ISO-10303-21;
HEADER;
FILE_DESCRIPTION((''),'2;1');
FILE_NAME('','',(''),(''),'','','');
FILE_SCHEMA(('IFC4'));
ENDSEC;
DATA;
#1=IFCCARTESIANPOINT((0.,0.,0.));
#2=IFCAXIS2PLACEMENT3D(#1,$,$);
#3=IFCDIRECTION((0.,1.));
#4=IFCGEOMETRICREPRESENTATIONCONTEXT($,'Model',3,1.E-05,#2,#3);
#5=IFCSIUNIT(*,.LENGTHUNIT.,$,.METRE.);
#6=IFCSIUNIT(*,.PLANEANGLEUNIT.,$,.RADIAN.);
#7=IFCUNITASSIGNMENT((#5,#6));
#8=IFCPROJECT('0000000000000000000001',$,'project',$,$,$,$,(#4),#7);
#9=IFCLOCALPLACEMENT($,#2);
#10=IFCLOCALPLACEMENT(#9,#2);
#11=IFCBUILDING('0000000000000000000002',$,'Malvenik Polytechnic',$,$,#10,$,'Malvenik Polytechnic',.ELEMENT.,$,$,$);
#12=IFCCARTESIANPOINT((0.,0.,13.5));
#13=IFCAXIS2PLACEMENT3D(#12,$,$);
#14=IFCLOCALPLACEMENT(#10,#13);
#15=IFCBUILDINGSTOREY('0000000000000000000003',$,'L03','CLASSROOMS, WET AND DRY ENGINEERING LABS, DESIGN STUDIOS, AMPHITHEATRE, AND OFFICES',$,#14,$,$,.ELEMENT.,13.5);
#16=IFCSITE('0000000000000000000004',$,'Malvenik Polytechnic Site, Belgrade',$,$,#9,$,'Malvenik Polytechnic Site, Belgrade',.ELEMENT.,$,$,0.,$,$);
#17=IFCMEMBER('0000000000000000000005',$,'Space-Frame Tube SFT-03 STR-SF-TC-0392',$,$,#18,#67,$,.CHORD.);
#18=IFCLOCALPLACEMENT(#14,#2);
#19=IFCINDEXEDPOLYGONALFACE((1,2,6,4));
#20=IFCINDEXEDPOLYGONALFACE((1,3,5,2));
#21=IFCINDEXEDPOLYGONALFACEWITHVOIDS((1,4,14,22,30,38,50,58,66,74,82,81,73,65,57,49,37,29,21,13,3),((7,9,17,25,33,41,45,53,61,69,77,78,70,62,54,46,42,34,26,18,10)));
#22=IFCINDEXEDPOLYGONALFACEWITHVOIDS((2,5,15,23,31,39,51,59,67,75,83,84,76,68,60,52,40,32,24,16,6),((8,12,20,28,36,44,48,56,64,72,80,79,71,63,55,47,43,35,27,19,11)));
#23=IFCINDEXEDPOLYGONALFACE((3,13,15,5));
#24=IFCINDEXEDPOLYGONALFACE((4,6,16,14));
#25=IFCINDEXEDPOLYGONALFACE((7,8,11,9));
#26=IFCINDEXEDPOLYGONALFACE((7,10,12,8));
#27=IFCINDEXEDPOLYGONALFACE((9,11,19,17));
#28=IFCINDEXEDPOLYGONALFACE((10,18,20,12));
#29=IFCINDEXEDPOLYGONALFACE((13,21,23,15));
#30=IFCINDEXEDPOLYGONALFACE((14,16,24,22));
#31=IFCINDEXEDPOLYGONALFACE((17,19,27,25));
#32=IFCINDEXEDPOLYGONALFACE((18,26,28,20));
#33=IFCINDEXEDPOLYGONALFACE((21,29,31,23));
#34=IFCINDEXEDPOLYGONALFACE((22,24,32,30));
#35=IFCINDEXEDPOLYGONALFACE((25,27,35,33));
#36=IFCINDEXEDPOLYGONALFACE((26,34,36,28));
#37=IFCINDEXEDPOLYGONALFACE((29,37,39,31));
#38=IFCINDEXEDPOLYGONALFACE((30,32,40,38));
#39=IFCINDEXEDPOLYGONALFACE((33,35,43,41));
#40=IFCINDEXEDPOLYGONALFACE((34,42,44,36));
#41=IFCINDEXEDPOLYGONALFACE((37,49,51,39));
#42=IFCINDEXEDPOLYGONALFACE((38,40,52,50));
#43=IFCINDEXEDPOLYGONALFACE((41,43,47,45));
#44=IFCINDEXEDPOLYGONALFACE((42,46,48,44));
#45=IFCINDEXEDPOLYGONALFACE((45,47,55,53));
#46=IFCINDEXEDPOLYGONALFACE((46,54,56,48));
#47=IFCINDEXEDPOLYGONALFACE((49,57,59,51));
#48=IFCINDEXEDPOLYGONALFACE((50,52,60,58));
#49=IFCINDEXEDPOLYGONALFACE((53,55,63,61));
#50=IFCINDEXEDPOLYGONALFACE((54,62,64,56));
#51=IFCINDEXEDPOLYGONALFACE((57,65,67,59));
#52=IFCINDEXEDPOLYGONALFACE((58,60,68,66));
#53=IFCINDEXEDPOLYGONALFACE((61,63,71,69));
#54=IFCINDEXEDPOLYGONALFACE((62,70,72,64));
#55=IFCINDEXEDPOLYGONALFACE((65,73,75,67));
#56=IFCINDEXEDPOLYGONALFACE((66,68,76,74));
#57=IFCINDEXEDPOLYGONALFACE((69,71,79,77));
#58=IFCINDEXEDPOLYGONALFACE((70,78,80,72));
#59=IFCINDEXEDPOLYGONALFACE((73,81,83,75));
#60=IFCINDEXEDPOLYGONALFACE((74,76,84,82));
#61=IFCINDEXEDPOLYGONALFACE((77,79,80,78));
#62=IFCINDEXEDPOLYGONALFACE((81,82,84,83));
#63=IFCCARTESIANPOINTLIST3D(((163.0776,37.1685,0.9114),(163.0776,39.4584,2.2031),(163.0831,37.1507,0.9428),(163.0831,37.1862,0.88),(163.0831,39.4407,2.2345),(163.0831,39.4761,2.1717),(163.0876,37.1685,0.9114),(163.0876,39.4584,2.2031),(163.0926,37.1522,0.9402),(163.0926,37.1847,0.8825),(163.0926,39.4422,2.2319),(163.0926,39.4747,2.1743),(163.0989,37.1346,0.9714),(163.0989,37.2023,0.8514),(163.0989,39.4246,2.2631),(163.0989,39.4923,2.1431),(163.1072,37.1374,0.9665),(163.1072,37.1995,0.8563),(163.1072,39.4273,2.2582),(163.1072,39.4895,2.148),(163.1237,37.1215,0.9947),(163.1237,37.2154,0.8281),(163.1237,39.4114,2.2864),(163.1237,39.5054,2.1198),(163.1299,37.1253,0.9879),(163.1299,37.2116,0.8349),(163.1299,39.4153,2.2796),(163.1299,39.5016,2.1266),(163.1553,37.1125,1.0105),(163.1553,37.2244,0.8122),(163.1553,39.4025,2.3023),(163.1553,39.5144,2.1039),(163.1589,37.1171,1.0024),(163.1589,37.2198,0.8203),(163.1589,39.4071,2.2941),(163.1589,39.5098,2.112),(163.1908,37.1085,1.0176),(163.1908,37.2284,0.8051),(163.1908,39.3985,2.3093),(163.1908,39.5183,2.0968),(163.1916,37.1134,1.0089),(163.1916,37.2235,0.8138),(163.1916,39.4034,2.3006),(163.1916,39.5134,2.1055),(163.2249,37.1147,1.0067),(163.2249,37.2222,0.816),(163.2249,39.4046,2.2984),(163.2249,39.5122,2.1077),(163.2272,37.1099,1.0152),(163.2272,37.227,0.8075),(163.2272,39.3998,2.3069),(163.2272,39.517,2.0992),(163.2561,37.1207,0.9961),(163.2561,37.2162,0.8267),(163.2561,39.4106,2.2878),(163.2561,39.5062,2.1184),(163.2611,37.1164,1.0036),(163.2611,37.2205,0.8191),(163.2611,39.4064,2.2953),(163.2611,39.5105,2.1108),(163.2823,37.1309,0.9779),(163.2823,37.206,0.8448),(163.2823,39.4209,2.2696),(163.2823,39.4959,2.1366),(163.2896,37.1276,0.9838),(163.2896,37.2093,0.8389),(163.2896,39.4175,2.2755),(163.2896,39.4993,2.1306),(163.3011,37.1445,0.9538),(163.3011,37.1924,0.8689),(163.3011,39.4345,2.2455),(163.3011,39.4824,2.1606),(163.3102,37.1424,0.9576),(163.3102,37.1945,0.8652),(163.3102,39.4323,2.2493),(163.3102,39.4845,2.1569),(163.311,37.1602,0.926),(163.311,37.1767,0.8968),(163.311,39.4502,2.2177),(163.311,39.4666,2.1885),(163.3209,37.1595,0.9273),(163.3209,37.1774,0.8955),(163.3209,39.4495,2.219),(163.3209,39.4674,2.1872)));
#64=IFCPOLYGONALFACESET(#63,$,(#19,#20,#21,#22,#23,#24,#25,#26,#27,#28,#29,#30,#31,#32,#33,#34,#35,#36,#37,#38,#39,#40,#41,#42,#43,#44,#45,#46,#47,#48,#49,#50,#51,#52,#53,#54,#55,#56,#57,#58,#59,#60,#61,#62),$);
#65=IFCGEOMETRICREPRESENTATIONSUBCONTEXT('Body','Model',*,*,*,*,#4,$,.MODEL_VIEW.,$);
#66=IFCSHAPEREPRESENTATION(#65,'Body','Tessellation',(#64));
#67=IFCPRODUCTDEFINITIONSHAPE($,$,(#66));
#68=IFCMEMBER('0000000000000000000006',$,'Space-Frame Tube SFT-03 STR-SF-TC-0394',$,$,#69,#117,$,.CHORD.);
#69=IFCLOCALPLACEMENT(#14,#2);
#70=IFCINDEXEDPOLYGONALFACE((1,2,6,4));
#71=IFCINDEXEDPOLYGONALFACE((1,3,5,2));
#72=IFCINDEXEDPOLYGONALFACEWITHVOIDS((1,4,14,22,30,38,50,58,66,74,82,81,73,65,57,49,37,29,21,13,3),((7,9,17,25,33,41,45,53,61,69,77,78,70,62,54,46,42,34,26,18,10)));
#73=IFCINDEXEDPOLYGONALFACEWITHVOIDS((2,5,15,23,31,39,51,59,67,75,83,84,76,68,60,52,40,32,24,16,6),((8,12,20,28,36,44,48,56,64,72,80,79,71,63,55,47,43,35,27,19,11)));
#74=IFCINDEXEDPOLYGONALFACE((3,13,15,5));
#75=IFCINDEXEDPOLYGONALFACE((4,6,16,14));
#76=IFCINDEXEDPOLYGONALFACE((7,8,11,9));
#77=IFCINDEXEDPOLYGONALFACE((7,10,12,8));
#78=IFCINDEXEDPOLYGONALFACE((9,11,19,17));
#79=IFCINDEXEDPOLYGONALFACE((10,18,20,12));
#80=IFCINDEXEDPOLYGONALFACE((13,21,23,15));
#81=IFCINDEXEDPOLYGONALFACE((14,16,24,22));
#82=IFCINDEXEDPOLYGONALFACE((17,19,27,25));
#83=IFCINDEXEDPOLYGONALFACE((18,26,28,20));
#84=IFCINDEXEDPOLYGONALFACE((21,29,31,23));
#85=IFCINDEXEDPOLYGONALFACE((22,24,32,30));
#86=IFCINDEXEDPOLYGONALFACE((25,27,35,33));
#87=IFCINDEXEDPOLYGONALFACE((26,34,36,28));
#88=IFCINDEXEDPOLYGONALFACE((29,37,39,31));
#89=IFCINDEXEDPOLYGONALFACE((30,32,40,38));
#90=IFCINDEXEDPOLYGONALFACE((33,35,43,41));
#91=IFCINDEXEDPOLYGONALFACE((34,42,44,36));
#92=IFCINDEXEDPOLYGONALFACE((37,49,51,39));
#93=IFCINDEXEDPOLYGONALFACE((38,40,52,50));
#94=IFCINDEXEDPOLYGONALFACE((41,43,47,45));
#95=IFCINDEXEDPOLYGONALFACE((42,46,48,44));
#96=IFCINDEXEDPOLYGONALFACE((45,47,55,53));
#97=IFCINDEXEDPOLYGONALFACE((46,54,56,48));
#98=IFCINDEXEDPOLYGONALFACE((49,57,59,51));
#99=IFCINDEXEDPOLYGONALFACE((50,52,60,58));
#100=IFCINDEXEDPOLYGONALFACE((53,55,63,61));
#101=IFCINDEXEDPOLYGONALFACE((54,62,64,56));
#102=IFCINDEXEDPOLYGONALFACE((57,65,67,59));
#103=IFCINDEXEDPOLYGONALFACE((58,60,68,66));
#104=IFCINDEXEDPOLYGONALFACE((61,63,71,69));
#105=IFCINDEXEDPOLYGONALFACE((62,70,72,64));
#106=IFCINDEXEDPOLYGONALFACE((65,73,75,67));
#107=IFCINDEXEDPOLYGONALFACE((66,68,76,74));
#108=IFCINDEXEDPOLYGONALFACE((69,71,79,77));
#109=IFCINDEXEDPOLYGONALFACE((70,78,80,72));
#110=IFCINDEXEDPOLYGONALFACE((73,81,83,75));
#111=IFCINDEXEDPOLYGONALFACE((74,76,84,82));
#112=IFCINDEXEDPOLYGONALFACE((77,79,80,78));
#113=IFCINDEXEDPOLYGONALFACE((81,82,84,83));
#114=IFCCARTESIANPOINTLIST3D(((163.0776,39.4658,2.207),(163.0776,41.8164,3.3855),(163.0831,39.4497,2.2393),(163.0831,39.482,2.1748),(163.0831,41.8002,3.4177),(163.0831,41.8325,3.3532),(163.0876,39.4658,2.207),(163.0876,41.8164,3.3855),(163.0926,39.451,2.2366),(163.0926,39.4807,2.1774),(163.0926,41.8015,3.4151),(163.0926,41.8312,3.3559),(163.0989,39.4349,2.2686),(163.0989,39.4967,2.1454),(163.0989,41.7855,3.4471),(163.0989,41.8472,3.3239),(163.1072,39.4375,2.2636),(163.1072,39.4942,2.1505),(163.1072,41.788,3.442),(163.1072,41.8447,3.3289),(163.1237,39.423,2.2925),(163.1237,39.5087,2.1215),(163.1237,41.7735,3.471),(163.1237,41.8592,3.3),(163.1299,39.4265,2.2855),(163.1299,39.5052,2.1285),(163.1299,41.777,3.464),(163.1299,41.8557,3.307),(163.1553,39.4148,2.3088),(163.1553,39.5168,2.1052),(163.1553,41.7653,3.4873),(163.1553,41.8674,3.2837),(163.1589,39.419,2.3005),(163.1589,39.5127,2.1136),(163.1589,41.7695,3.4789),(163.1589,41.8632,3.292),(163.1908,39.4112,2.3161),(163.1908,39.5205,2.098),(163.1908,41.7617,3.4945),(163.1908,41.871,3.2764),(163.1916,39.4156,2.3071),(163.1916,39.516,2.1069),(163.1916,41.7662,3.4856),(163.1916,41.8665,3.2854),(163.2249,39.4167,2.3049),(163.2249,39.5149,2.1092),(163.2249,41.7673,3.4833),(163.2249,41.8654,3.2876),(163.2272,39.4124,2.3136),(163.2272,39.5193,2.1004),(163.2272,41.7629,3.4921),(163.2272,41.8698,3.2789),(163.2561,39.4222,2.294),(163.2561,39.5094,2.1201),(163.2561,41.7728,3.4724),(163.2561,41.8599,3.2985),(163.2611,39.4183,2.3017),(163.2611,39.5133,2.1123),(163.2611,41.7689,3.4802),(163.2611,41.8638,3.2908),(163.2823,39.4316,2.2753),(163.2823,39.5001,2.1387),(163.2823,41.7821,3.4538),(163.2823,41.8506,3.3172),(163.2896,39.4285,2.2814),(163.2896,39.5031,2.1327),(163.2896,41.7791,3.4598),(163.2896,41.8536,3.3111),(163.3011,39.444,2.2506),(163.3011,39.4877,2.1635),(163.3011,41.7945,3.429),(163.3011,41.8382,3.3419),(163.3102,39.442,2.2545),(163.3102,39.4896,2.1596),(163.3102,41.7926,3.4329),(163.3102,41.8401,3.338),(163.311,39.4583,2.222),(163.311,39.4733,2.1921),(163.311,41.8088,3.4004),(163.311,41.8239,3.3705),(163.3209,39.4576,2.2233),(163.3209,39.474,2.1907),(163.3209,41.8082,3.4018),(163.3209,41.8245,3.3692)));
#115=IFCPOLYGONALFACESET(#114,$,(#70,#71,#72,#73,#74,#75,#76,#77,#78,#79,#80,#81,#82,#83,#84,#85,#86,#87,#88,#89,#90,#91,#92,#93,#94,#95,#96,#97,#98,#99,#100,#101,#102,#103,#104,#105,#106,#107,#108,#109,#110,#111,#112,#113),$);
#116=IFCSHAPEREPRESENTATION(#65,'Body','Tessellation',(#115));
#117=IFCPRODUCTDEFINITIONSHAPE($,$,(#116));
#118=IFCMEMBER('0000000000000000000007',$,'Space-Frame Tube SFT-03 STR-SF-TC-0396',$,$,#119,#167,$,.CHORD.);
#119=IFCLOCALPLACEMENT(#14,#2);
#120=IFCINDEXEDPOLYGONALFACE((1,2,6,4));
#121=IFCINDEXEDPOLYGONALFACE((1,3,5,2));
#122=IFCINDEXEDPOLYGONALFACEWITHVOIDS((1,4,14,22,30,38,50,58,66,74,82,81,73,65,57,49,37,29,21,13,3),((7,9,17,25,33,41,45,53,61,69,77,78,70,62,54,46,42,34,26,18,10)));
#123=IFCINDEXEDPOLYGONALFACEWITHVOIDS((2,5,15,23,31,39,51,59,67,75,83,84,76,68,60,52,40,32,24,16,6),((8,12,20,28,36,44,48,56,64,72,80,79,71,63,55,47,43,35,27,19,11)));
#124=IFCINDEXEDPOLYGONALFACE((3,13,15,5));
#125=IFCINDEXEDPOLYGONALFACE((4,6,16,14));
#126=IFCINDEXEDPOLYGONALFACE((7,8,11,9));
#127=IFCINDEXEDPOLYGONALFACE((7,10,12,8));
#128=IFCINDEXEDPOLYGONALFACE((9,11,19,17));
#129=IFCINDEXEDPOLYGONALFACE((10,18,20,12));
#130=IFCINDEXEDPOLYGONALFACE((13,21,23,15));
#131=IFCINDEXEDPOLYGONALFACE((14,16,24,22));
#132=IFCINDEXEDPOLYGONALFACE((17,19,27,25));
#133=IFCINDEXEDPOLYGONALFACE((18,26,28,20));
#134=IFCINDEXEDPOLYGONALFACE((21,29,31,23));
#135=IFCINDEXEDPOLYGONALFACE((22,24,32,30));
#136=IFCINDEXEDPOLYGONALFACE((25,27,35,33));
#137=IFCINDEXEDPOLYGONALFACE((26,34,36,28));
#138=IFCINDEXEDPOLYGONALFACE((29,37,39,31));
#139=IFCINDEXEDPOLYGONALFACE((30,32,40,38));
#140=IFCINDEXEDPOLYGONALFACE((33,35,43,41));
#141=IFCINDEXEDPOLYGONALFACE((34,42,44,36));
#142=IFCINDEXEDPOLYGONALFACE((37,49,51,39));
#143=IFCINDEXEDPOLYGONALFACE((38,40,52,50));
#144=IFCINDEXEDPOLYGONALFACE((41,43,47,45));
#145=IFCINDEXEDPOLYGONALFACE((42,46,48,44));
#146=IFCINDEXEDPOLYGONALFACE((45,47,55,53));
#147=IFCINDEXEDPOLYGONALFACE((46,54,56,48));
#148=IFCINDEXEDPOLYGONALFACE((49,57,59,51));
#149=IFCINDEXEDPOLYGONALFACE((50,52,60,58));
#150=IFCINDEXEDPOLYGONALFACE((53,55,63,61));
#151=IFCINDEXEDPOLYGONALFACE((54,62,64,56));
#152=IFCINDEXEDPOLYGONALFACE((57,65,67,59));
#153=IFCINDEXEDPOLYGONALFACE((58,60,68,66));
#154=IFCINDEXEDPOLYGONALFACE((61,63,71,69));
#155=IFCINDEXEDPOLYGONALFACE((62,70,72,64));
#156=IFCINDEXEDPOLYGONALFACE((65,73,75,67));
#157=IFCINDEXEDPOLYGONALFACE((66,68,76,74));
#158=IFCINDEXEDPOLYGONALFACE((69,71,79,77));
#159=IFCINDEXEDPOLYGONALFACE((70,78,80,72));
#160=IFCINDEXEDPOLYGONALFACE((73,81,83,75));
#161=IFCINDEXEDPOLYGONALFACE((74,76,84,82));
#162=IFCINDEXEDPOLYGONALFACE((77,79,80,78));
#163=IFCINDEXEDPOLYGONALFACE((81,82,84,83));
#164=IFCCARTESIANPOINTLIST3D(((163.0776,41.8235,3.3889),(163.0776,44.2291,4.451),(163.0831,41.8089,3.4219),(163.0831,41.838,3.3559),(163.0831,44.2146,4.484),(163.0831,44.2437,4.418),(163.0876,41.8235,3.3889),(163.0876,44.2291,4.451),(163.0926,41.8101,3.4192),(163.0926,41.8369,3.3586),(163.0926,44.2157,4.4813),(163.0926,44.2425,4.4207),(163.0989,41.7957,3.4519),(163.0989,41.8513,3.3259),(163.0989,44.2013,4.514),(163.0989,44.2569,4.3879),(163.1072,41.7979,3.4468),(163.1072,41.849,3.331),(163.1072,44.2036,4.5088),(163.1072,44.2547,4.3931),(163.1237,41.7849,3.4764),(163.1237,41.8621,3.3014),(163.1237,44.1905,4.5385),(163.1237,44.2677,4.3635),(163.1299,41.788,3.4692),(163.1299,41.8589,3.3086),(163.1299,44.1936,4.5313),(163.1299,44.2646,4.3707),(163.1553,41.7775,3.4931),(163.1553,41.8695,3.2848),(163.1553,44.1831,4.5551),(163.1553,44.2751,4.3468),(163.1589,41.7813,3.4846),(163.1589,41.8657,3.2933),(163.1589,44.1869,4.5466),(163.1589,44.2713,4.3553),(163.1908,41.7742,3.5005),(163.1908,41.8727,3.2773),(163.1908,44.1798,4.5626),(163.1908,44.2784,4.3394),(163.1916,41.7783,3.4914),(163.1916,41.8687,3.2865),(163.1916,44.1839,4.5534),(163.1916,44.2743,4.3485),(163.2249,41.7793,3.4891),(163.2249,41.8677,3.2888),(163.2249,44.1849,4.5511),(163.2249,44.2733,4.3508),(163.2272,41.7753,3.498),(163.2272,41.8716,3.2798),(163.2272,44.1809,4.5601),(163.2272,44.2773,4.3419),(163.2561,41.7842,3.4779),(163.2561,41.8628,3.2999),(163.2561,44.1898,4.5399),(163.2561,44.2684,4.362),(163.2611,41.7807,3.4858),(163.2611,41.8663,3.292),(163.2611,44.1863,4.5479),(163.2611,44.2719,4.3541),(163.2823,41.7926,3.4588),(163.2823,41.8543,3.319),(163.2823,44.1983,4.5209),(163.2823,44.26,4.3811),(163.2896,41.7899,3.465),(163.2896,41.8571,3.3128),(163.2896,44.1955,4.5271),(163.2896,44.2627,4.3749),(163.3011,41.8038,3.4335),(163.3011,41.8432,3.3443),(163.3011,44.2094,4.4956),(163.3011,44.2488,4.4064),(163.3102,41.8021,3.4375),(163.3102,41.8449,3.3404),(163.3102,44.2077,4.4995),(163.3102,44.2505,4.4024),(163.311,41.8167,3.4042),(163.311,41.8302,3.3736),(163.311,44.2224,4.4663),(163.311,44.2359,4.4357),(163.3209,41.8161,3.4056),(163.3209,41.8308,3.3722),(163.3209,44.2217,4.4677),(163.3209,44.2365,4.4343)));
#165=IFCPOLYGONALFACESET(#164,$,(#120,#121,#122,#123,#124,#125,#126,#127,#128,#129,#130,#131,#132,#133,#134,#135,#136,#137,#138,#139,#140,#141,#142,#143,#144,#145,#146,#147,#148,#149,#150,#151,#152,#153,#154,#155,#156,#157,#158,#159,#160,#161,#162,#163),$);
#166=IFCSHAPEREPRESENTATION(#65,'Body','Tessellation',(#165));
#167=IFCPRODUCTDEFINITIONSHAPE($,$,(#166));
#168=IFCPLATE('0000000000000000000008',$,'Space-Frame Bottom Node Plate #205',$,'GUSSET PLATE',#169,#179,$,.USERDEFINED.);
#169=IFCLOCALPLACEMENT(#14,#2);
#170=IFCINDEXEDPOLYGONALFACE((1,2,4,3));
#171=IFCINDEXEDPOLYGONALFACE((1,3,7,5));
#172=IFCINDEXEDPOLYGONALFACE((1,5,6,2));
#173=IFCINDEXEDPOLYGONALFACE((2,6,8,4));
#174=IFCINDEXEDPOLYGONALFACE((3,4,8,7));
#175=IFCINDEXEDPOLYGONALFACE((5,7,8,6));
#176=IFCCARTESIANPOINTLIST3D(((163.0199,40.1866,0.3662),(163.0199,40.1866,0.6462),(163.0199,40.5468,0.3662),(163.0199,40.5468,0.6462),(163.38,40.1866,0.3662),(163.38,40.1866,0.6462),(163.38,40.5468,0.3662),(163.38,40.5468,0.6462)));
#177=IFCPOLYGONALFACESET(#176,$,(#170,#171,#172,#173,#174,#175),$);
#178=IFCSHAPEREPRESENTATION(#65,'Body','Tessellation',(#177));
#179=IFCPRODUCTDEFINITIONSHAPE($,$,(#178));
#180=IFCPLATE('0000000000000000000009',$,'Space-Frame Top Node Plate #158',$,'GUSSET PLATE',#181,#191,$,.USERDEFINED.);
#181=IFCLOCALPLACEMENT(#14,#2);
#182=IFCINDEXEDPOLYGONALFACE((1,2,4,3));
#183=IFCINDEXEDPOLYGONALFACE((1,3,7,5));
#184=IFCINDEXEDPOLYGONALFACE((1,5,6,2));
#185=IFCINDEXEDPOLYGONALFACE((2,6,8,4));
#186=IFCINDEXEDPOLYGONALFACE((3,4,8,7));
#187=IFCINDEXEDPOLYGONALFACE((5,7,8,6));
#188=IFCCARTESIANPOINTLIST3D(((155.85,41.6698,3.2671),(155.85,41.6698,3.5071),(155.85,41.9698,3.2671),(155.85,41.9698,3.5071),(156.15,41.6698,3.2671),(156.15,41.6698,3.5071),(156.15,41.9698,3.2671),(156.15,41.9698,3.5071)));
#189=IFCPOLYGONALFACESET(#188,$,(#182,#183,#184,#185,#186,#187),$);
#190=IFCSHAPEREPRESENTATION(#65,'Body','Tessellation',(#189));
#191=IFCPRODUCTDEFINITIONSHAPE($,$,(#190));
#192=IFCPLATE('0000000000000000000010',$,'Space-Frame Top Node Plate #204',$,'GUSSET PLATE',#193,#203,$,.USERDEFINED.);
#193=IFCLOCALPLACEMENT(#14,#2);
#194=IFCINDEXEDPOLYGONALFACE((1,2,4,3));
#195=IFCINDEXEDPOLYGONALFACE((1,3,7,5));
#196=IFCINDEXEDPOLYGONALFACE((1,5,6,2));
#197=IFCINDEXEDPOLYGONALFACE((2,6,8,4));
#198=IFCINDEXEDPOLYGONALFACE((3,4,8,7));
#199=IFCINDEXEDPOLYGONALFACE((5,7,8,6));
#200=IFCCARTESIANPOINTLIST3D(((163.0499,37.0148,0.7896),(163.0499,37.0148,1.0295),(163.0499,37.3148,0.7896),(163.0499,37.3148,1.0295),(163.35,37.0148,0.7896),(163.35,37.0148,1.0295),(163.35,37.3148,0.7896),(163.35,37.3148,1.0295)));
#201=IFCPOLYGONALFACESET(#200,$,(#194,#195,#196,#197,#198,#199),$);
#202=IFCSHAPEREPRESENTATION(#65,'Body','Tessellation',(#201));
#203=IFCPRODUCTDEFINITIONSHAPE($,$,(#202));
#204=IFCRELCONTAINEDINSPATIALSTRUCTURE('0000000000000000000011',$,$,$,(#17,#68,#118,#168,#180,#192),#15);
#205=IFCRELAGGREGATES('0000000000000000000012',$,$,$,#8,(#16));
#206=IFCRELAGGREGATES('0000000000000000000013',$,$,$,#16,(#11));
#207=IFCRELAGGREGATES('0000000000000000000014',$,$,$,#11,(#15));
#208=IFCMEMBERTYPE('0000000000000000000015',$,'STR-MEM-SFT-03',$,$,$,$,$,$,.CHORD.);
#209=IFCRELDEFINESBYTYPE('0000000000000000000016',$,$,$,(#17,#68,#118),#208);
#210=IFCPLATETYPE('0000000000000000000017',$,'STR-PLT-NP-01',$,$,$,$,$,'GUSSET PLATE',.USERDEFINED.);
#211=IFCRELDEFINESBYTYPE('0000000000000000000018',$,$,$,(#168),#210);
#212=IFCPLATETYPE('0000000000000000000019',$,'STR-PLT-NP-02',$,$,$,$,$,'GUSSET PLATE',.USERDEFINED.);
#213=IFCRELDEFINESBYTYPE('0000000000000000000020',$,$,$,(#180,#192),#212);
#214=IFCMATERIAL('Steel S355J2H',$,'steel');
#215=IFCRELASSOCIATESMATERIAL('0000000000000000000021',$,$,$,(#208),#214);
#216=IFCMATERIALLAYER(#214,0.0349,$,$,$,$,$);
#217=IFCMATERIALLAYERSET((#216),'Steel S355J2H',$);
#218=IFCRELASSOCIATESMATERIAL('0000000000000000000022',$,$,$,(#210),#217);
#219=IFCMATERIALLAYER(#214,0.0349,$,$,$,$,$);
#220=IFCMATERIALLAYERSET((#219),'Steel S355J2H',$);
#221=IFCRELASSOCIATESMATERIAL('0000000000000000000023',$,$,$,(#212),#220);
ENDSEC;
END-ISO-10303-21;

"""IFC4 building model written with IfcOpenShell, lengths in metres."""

from ifc_helpers import new_model, si_unit, direction, frame, origin, origin_2d, place, context, subcontext, project, spatial, rectangle, hollow_circle, extrude, material, layer, layer_set, material_profile, profile_set, type_object, element, save


model = new_model("IFC4")

# Units and contexts
model_context = context("Model", 3, precision=1e-05, world=origin(), true_north=direction((0.0, 1.0)))
body_context = subcontext(model_context, "Body", "Model", "MODEL_VIEW")
ifc_project = project(units=[si_unit("LENGTHUNIT", "METRE"), si_unit("PLANEANGLEUNIT", "RADIAN")], contexts=[model_context])

# Site, building, storey
site_placement = place(None, origin())
site = spatial("IfcSite", under=ifc_project, at=site_placement, Name="Malvenik Polytechnic Site, Belgrade", LongName="Malvenik Polytechnic Site, Belgrade", CompositionType="ELEMENT", RefElevation=0.0)
building_placement = place(site_placement, origin())
building = spatial("IfcBuilding", under=site, at=building_placement, Name="Malvenik Polytechnic", LongName="Malvenik Polytechnic", CompositionType="ELEMENT")
storey_placement = place(building_placement, frame((0.0, 0.0, 13.5)))
storey = spatial("IfcBuildingStorey", under=building, at=storey_placement, Name="L03", Description="CLASSROOMS, WET AND DRY ENGINEERING LABS, DESIGN STUDIOS, AMPHITHEATRE, AND OFFICES", CompositionType="ELEMENT", Elevation=13.5)

# Members
ifc_material_1 = material(Name="Steel S355J2H", Category="steel")
ifc_material_profile_1 = material_profile(ifc_material_1, hollow_circle(Radius=0.1223, WallThickness=0.01, at=origin_2d()), Name="CHS 244.5x10.0")
ifc_profile_set_1 = profile_set([ifc_material_profile_1], Name="Steel S355J2H")
member_type_1 = type_object("IfcMemberType", Name="STR-MEM-SFT-03", PredefinedType="CHORD", material=ifc_profile_set_1)
member_1_placement = place(storey_placement, frame((163.2, 37.1685, 0.9114), z_axis=(0.0, 0.87099, 0.491301), x_axis=(-1.0, 0.0, 0.0)))
element("IfcMember", 1, at=member_1_placement, inside=storey, type_object=member_type_1, Name="Space-Frame Tube SFT-03 STR-SF-TC-0392", PredefinedType="CHORD", context=body_context, shape_type="SweptSolid", body=[
    extrude(hollow_circle(Radius=0.1223, WallThickness=0.01, at=origin_2d()), origin(), (0.0, 0.0, 1.0), 2.6292),
])
member_2_placement = place(storey_placement, frame((163.2, 39.4658, 2.207), z_axis=(0.0, 0.893944, 0.448179), x_axis=(-1.0, 0.0, 0.0)))
element("IfcMember", 2, at=member_2_placement, inside=storey, type_object=member_type_1, Name="Space-Frame Tube SFT-03 STR-SF-TC-0394", PredefinedType="CHORD", context=body_context, shape_type="SweptSolid", body=[
    extrude(hollow_circle(Radius=0.1223, WallThickness=0.01, at=origin_2d()), origin(), (0.0, 0.0, 1.0), 2.6294),
])
member_3_placement = place(storey_placement, frame((163.2, 41.8235, 3.3889), z_axis=(0.0, 0.914812, 0.40388), x_axis=(-1.0, 0.0, 0.0)))
element("IfcMember", 3, at=member_3_placement, inside=storey, type_object=member_type_1, Name="Space-Frame Tube SFT-03 STR-SF-TC-0396", PredefinedType="CHORD", context=body_context, shape_type="SweptSolid", body=[
    extrude(hollow_circle(Radius=0.1223, WallThickness=0.01, at=origin_2d()), origin(), (0.0, 0.0, 1.0), 2.6296),
])

# Plates
ifc_layer_1 = layer(ifc_material_1, 0.0349)
ifc_layer_set_1 = layer_set([ifc_layer_1], Name="Steel S355J2H")
plate_type_1 = type_object("IfcPlateType", Name="STR-PLT-NP-01", ElementType="GUSSET PLATE", PredefinedType="USERDEFINED", material=ifc_layer_set_1)
plate_placement = place(storey_placement, frame((163.2, 40.3667, 0.3662), z_axis=(0.0, 0.0, 1.0), x_axis=(1.0, 0.0, 0.0)))
element("IfcPlate", 4, at=plate_placement, inside=storey, type_object=plate_type_1, Name="Space-Frame Bottom Node Plate #205", ObjectType="GUSSET PLATE", PredefinedType="USERDEFINED", context=body_context, shape_type="SweptSolid", body=[
    extrude(rectangle(XDim=0.3601, YDim=0.3601, at=origin_2d()), origin(), (0.0, 0.0, 1.0), 0.28),
])
ifc_layer_2 = layer(ifc_material_1, 0.0349)
ifc_layer_set_2 = layer_set([ifc_layer_2], Name="Steel S355J2H")
plate_type_2 = type_object("IfcPlateType", Name="STR-PLT-NP-02", ElementType="GUSSET PLATE", PredefinedType="USERDEFINED", material=ifc_layer_set_2)
for number, where, z_axis, x_axis, name in (
    (5, (156.0, 41.8198, 3.2671), (0.0, 0.0, 1.0), (1.0, 0.0, 0.0), "Space-Frame Top Node Plate #158"),
    (6, (163.2, 37.1648, 0.7896), (0.0, 0.0, 1.0), (1.0, 0.0, 0.0), "Space-Frame Top Node Plate #204"),
):
    element("IfcPlate", number, at=place(storey_placement, frame(where, z_axis=z_axis, x_axis=x_axis)), inside=storey, type_object=plate_type_2, Name=name, ObjectType="GUSSET PLATE", PredefinedType="USERDEFINED", context=body_context, shape_type="SweptSolid", body=[
        extrude(rectangle(XDim=0.3, YDim=0.3, at=origin_2d()), origin(), (0.0, 0.0, 1.0), 0.24),
    ])

save(model, "model.ifc")
